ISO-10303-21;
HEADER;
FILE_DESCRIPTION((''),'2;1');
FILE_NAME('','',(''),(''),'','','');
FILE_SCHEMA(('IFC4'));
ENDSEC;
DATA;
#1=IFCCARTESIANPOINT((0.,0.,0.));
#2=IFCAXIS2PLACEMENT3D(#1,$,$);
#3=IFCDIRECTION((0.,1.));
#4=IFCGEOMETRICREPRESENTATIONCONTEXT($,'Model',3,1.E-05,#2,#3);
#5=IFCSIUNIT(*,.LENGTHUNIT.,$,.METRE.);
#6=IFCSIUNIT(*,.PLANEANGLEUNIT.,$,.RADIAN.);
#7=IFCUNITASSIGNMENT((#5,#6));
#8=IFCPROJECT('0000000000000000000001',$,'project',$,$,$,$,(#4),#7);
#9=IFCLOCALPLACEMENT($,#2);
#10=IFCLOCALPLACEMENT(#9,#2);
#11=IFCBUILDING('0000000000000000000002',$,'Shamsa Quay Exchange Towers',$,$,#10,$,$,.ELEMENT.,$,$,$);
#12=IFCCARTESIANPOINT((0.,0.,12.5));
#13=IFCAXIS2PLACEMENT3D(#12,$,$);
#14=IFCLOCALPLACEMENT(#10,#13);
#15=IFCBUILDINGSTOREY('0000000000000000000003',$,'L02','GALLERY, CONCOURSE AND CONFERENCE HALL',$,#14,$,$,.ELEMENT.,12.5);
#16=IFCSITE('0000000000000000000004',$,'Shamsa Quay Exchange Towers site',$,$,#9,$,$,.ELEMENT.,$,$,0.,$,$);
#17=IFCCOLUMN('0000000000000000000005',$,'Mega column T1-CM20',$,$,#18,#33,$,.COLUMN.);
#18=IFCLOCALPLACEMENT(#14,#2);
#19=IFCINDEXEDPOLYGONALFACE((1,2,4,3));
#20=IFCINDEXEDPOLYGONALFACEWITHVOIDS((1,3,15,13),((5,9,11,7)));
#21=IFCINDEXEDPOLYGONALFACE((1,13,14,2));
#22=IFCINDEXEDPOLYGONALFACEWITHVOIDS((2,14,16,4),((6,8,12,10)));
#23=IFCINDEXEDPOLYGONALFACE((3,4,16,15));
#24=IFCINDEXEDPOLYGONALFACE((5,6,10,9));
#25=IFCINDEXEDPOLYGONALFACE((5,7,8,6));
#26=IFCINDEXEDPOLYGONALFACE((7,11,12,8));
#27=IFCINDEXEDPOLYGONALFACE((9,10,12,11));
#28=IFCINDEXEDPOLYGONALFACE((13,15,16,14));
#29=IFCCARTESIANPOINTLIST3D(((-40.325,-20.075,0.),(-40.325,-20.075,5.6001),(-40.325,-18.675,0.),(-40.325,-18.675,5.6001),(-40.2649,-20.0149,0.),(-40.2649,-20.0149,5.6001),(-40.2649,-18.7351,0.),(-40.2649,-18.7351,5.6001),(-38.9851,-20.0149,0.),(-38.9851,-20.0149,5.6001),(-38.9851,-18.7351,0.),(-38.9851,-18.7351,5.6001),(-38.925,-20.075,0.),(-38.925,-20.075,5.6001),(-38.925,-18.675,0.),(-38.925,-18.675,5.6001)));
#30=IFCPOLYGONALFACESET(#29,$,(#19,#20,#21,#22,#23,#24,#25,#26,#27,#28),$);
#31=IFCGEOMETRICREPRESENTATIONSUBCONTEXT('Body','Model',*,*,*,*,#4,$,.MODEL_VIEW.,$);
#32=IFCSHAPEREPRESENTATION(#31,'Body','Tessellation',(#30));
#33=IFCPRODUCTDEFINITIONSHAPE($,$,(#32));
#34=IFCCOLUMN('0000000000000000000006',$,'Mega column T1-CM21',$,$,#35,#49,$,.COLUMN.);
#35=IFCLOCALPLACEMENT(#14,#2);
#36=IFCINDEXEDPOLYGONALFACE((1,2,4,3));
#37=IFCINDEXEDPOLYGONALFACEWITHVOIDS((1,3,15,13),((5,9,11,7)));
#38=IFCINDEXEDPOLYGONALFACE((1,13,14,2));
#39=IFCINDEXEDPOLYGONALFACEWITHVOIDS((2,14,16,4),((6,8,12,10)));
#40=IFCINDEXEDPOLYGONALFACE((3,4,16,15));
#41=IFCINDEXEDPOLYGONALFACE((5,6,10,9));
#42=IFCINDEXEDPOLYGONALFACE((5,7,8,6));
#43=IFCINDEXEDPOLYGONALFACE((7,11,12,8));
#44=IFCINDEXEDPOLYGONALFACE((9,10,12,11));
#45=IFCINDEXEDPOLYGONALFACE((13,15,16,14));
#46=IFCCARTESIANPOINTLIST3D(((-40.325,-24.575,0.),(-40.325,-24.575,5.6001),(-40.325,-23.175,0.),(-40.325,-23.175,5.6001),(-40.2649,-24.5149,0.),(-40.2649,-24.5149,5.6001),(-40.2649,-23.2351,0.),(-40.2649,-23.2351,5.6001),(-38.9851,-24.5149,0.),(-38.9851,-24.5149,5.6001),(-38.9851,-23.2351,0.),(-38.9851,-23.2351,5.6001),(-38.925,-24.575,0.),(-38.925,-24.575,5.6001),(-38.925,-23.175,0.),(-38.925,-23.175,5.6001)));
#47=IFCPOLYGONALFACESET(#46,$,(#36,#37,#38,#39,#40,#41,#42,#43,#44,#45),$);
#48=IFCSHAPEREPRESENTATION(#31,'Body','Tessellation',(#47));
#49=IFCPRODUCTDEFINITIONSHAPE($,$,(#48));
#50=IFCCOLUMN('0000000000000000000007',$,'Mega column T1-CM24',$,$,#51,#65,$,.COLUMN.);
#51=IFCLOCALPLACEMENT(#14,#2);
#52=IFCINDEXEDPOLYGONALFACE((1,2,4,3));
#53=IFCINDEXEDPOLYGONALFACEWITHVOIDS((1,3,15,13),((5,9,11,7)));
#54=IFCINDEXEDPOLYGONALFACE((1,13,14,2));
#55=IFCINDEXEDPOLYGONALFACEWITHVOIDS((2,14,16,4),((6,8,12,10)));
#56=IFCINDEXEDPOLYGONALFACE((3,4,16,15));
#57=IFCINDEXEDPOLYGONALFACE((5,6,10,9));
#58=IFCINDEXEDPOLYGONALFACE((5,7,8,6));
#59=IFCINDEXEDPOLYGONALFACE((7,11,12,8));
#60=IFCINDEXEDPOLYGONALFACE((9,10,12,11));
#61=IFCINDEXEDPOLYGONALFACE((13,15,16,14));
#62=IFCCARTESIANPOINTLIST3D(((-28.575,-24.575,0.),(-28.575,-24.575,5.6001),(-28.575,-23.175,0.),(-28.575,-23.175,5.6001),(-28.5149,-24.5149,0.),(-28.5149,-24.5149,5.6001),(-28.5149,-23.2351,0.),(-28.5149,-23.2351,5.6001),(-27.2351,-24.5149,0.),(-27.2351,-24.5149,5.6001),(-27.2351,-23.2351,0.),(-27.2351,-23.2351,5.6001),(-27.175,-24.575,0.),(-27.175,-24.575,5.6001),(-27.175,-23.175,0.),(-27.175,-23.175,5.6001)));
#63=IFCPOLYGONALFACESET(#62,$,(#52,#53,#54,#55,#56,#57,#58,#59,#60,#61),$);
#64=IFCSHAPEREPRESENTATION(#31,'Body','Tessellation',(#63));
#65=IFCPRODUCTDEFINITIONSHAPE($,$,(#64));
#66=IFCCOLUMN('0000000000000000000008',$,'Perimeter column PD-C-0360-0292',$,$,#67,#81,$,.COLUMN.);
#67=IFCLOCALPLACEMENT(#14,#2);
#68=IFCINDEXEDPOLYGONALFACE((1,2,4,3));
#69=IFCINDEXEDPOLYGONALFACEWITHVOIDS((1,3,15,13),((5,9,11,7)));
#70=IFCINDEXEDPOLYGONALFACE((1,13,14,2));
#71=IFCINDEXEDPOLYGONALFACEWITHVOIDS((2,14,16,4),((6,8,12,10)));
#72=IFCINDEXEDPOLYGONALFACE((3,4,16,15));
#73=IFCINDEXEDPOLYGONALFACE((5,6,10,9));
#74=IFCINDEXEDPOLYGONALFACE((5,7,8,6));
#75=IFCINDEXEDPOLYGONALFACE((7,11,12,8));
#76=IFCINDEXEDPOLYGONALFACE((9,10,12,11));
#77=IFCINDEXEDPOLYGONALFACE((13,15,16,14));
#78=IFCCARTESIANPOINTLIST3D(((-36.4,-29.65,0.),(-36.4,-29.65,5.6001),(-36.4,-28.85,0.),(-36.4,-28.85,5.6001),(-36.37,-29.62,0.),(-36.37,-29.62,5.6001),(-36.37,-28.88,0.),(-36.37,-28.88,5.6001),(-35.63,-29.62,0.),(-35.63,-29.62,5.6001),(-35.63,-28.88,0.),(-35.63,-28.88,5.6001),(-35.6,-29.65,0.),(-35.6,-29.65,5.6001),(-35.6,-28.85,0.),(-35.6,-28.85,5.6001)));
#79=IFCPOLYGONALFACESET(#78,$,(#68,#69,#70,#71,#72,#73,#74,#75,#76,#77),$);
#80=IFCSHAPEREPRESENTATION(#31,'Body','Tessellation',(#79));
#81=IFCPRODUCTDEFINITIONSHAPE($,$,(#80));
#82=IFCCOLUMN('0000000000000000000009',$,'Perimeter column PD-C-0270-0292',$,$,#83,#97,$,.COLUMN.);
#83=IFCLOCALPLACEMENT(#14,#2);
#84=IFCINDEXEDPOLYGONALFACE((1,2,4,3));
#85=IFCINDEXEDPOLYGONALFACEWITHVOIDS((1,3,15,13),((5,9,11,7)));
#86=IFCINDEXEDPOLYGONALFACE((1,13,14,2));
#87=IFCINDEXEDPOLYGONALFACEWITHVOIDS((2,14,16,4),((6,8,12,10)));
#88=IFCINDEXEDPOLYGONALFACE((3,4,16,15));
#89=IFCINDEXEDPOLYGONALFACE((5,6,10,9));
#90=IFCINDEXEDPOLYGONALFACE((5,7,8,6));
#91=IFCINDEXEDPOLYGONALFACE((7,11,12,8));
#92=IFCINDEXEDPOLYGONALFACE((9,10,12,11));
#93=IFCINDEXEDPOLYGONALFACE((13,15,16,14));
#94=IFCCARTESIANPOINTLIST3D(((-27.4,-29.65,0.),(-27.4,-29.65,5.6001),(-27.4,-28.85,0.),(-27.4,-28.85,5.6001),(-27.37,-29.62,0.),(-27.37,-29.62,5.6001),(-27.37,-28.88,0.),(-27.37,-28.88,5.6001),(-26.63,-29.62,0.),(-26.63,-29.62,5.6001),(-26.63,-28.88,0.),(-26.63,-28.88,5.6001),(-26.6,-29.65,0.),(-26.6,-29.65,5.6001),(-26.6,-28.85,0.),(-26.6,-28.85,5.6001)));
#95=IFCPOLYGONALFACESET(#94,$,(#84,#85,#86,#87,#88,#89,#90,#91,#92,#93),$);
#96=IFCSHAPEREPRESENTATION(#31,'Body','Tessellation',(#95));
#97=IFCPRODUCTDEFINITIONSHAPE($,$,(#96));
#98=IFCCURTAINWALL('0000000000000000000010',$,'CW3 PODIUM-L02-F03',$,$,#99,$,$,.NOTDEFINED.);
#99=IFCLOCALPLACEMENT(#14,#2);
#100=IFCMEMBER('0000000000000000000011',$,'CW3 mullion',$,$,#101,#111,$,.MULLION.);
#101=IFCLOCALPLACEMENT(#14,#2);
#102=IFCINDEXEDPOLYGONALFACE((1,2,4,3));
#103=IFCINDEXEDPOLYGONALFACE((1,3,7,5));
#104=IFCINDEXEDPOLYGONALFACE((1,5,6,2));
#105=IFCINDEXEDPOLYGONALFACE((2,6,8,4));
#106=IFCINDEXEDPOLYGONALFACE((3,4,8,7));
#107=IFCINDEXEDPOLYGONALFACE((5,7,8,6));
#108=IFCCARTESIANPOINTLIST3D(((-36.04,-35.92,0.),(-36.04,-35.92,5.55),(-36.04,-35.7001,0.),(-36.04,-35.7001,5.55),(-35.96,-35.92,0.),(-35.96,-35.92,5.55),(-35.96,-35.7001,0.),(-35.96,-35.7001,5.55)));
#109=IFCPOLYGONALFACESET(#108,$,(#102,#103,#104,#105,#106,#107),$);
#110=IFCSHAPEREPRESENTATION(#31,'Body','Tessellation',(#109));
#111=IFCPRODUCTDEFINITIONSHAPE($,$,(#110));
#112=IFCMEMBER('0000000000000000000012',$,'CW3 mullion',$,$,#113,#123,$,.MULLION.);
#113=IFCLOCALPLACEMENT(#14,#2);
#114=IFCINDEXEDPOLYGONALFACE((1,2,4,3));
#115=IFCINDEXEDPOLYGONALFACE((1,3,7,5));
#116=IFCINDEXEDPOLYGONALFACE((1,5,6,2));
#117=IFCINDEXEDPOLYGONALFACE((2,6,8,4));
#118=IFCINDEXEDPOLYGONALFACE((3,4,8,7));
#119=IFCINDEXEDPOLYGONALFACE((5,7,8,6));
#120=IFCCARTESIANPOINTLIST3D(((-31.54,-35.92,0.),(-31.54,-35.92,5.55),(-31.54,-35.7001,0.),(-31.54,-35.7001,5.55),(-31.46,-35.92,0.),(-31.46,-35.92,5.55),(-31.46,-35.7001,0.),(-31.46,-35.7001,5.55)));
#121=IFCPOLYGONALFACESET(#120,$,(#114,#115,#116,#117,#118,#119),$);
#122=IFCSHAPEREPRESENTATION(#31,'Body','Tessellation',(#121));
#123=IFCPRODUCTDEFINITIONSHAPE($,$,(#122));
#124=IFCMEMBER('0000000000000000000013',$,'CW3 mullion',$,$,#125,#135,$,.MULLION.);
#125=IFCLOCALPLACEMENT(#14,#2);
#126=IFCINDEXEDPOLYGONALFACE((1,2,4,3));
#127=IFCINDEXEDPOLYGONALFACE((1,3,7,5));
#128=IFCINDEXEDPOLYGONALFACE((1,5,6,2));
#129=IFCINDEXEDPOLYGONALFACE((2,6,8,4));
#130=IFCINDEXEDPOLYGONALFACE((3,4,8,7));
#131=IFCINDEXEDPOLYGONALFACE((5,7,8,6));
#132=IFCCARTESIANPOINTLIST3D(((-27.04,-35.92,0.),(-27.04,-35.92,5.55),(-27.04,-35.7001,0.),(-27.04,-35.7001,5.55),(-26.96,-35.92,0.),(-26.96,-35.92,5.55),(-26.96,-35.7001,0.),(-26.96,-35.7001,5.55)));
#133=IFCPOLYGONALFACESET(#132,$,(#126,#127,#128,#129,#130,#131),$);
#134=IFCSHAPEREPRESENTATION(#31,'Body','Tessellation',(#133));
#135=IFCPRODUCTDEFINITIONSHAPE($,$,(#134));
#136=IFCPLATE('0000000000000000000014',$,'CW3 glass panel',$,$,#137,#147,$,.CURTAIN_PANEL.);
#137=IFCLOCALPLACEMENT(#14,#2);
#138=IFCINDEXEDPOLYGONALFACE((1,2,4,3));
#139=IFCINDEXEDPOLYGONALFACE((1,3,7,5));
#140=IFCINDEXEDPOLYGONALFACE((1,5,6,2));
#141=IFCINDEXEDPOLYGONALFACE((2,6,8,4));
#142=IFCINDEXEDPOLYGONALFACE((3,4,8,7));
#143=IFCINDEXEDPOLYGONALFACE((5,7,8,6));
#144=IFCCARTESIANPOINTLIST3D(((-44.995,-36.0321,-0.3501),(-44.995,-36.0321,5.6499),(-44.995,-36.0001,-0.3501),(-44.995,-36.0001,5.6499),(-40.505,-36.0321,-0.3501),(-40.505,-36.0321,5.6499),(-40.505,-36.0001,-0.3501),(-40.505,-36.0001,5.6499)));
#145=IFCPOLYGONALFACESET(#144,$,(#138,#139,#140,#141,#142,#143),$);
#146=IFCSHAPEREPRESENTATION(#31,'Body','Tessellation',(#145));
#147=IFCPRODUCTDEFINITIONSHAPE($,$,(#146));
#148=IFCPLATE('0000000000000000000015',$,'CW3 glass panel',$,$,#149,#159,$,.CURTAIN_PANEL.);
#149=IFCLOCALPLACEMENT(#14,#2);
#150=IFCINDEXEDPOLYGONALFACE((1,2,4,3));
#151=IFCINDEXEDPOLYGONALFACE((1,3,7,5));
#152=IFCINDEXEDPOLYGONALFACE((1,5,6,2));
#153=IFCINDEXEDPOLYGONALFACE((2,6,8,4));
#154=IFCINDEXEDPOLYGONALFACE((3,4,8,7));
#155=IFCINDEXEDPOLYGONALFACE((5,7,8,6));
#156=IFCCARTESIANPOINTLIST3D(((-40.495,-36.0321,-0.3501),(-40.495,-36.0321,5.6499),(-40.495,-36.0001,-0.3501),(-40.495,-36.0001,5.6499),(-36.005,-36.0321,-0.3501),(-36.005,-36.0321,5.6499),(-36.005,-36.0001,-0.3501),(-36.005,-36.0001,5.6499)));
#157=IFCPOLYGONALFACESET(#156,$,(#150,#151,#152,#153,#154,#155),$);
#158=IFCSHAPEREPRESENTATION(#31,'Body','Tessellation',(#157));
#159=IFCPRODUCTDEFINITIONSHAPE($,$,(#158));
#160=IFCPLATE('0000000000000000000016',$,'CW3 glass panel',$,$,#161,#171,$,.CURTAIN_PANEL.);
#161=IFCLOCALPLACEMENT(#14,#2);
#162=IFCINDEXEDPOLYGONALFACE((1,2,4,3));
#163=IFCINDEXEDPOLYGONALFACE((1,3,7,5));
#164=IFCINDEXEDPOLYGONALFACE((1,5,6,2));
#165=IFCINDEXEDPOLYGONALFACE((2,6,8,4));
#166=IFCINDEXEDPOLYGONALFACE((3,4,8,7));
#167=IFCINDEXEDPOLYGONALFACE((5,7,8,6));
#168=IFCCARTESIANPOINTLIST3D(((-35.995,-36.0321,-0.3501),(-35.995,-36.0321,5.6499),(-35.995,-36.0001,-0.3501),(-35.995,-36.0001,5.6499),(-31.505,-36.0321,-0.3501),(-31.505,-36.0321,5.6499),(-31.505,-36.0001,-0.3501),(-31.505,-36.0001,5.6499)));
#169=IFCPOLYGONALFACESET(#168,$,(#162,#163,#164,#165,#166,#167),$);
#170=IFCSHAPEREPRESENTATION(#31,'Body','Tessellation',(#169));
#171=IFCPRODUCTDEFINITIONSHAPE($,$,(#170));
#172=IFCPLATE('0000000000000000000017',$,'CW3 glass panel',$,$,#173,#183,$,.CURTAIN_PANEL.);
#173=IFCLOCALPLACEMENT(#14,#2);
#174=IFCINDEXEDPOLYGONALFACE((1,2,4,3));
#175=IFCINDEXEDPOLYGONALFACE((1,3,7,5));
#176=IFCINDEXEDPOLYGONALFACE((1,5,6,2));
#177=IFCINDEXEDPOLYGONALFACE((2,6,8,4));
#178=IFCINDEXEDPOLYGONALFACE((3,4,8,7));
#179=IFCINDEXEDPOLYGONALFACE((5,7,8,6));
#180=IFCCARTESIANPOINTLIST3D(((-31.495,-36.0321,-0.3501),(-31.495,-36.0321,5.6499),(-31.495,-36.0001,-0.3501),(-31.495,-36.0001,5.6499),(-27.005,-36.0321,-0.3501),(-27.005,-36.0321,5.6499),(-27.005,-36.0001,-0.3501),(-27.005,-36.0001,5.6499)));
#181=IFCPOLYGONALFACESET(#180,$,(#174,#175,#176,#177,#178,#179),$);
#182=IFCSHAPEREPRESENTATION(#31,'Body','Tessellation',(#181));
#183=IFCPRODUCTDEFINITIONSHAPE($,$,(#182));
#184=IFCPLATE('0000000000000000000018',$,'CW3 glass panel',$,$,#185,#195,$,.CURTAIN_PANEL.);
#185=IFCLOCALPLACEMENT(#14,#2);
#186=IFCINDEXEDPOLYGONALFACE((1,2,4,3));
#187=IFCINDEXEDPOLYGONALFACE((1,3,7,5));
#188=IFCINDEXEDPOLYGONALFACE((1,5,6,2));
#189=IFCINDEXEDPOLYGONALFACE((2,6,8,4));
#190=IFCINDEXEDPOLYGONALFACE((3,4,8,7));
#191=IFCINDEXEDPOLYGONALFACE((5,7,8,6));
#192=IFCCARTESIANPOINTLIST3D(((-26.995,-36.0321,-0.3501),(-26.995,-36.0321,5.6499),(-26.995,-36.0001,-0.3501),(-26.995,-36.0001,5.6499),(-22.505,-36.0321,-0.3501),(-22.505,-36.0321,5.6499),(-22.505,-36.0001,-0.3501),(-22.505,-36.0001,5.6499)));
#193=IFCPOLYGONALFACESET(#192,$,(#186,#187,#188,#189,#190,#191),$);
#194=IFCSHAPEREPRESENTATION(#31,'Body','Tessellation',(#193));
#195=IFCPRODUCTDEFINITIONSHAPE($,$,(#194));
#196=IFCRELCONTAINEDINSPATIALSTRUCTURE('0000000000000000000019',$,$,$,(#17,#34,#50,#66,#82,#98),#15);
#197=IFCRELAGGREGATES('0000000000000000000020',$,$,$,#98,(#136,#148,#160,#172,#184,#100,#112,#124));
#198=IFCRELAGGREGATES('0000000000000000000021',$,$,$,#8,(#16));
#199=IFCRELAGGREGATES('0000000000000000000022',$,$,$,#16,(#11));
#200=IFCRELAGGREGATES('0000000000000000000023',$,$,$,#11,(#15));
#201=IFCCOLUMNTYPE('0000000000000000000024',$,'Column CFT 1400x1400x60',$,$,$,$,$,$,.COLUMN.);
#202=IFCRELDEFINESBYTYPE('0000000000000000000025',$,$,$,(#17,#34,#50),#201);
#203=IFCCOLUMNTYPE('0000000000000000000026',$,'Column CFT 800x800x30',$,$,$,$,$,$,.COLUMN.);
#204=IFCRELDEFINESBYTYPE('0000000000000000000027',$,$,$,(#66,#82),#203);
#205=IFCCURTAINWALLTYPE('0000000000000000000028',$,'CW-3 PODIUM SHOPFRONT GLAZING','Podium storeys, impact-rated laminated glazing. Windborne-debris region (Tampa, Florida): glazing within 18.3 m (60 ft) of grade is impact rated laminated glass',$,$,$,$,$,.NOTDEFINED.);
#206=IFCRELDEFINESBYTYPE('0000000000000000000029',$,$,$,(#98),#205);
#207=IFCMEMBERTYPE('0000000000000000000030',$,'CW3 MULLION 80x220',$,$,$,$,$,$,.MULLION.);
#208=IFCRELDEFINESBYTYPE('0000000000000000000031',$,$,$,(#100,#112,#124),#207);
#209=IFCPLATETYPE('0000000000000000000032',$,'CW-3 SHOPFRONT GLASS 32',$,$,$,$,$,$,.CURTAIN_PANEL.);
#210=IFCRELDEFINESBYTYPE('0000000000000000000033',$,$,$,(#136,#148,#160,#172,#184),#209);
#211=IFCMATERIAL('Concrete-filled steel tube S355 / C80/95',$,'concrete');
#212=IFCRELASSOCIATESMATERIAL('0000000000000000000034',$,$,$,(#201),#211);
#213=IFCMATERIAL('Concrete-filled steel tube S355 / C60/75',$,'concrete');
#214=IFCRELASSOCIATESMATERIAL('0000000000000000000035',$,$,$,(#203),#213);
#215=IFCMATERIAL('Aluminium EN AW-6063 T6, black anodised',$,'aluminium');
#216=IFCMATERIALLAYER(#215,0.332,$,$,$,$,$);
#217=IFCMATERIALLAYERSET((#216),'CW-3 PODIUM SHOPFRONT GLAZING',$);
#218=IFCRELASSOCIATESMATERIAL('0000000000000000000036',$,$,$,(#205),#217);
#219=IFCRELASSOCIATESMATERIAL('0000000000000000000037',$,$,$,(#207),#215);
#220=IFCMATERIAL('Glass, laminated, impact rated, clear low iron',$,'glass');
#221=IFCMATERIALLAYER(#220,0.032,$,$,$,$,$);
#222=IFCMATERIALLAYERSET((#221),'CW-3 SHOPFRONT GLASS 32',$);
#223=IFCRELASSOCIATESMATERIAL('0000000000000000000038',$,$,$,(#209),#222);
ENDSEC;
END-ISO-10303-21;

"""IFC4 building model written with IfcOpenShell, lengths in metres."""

from ifc_helpers import new_model, si_unit, direction, frame, origin, origin_2d, place, context, subcontext, project, spatial, rectangle, hollow_rectangle, extrude, material, layer, layer_set, material_profile, profile_set, type_object, element, aggregate, save


model = new_model("IFC4")

# Units and contexts
model_context = context("Model", 3, precision=1e-05, world=origin(), true_north=direction((0.0, 1.0)))
body_context = subcontext(model_context, "Body", "Model", "MODEL_VIEW")
ifc_project = project(units=[si_unit("LENGTHUNIT", "METRE"), si_unit("PLANEANGLEUNIT", "RADIAN")], contexts=[model_context])

# Site, building, storey
site_placement = place(None, origin())
site = spatial("IfcSite", under=ifc_project, at=site_placement, Name="Shamsa Quay Exchange Towers site", CompositionType="ELEMENT", RefElevation=0.0)
building_placement = place(site_placement, origin())
building = spatial("IfcBuilding", under=site, at=building_placement, Name="Shamsa Quay Exchange Towers", CompositionType="ELEMENT")
storey_placement = place(building_placement, frame((0.0, 0.0, 12.5)))
storey = spatial("IfcBuildingStorey", under=building, at=storey_placement, Name="L02", Description="GALLERY, CONCOURSE AND CONFERENCE HALL", CompositionType="ELEMENT", Elevation=12.5)

# Columns
ifc_material_1 = material(Name="Concrete-filled steel tube S355 / C80/95", Category="concrete")
ifc_material_profile_1 = material_profile(ifc_material_1, hollow_rectangle(XDim=1.3999, YDim=1.3999, WallThickness=0.0601, at=origin_2d()), Name="CFT 1400x1400x60")
ifc_profile_set_1 = profile_set([ifc_material_profile_1], Name="Concrete-filled steel tube S355 / C80/95")
column_type_1 = type_object("IfcColumnType", Name="Column CFT 1400x1400x60", PredefinedType="COLUMN", material=ifc_profile_set_1)
for number, where, name in (
    (1, (-39.625, -19.375, 0.0), "Mega column T1-CM20"),
    (2, (-39.625, -23.875, 0.0), "Mega column T1-CM21"),
    (3, (-27.875, -23.875, 0.0), "Mega column T1-CM24"),
):
    element("IfcColumn", number, at=place(storey_placement, frame(where)), inside=storey, type_object=column_type_1, Name=name, PredefinedType="COLUMN", context=body_context, shape_type="SweptSolid", body=[
        extrude(hollow_rectangle(XDim=1.3999, YDim=1.3999, WallThickness=0.0601, at=origin_2d()), origin(), (0.0, 0.0, 1.0), 5.6001),
    ])
ifc_material_2 = material(Name="Concrete-filled steel tube S355 / C60/75", Category="concrete")
ifc_material_profile_2 = material_profile(ifc_material_2, hollow_rectangle(XDim=0.8, YDim=0.8, WallThickness=0.03, at=origin_2d()), Name="CFT 800x800x30")
ifc_profile_set_2 = profile_set([ifc_material_profile_2], Name="Concrete-filled steel tube S355 / C60/75")
column_type_2 = type_object("IfcColumnType", Name="Column CFT 800x800x30", PredefinedType="COLUMN", material=ifc_profile_set_2)
for number, where, name in (
    (4, (-36.0, -29.25, 0.0), "Perimeter column PD-C-0360-0292"),
    (5, (-27.0, -29.25, 0.0), "Perimeter column PD-C-0270-0292"),
):
    element("IfcColumn", number, at=place(storey_placement, frame(where)), inside=storey, type_object=column_type_2, Name=name, PredefinedType="COLUMN", context=body_context, shape_type="SweptSolid", body=[
        extrude(hollow_rectangle(XDim=0.8, YDim=0.8, WallThickness=0.03, at=origin_2d()), origin(), (0.0, 0.0, 1.0), 5.6001),
    ])

# Curtain wall, members, plates
ifc_material_3 = material(Name="Aluminium EN AW-6063 T6, black anodised", Category="aluminium")
ifc_layer_1 = layer(ifc_material_3, 0.332)
ifc_layer_set_1 = layer_set([ifc_layer_1], Name="CW-3 PODIUM SHOPFRONT GLAZING")
curtain_wall_type = type_object("IfcCurtainWallType", Name="CW-3 PODIUM SHOPFRONT GLAZING", Description="Podium storeys, impact-rated laminated glazing. Windborne-debris region (Tampa, Florida): glazing within 18.3 m (60 ft) of grade is impact rated laminated glass", PredefinedType="NOTDEFINED", material=ifc_layer_set_1)
curtain_wall_placement = place(storey_placement, origin())
curtain_wall = element("IfcCurtainWall", 6, at=curtain_wall_placement, inside=storey, type_object=curtain_wall_type, Name="CW3 PODIUM-L02-F03", PredefinedType="NOTDEFINED")
ifc_material_profile_3 = material_profile(ifc_material_3, rectangle(XDim=0.22, YDim=0.0801, at=origin_2d()), Name="MU80x220")
ifc_profile_set_3 = profile_set([ifc_material_profile_3], Name="Aluminium EN AW-6063 T6, black anodised")
member_type = type_object("IfcMemberType", Name="CW3 MULLION 80x220", PredefinedType="MULLION", material=ifc_profile_set_3)
member_1_placement = place(storey_placement, frame((-36.0, -35.8101, 0.0), z_axis=(0.0, 0.0, 1.0), x_axis=(0.0, 1.0, 0.0)))
member_1 = element("IfcMember", 7, at=member_1_placement, type_object=member_type, Name="CW3 mullion", PredefinedType="MULLION", context=body_context, shape_type="SweptSolid", body=[
    extrude(rectangle(XDim=0.22, YDim=0.0801, at=origin_2d()), origin(), (0.0, 0.0, 1.0), 5.55),
])
member_2_placement = place(storey_placement, frame((-31.5, -35.8101, 0.0), z_axis=(0.0, 0.0, 1.0), x_axis=(0.0, 1.0, 0.0)))
member_2 = element("IfcMember", 8, at=member_2_placement, type_object=member_type, Name="CW3 mullion", PredefinedType="MULLION", context=body_context, shape_type="SweptSolid", body=[
    extrude(rectangle(XDim=0.22, YDim=0.0801, at=origin_2d()), origin(), (0.0, 0.0, 1.0), 5.55),
])
member_3_placement = place(storey_placement, frame((-27.0, -35.8101, 0.0), z_axis=(0.0, 0.0, 1.0), x_axis=(0.0, 1.0, 0.0)))
member_3 = element("IfcMember", 9, at=member_3_placement, type_object=member_type, Name="CW3 mullion", PredefinedType="MULLION", context=body_context, shape_type="SweptSolid", body=[
    extrude(rectangle(XDim=0.22, YDim=0.0801, at=origin_2d()), origin(), (0.0, 0.0, 1.0), 5.55),
])
ifc_material_4 = material(Name="Glass, laminated, impact rated, clear low iron", Category="glass")
ifc_layer_2 = layer(ifc_material_4, 0.032)
ifc_layer_set_2 = layer_set([ifc_layer_2], Name="CW-3 SHOPFRONT GLASS 32")
plate_type = type_object("IfcPlateType", Name="CW-3 SHOPFRONT GLASS 32", PredefinedType="CURTAIN_PANEL", material=ifc_layer_set_2)
plate_1_placement = place(storey_placement, frame((-42.75, -36.0161, -0.3501)))
plate_1 = element("IfcPlate", 10, at=plate_1_placement, type_object=plate_type, Name="CW3 glass panel", PredefinedType="CURTAIN_PANEL", context=body_context, shape_type="SweptSolid", body=[
    extrude(rectangle(XDim=4.49, YDim=0.032, at=origin_2d()), origin(), (0.0, 0.0, 1.0), 6.0),
])
plate_2_placement = place(storey_placement, frame((-38.25, -36.0161, -0.3501)))
plate_2 = element("IfcPlate", 11, at=plate_2_placement, type_object=plate_type, Name="CW3 glass panel", PredefinedType="CURTAIN_PANEL", context=body_context, shape_type="SweptSolid", body=[
    extrude(rectangle(XDim=4.49, YDim=0.032, at=origin_2d()), origin(), (0.0, 0.0, 1.0), 6.0),
])
plate_3_placement = place(storey_placement, frame((-33.75, -36.0161, -0.3501)))
plate_3 = element("IfcPlate", 12, at=plate_3_placement, type_object=plate_type, Name="CW3 glass panel", PredefinedType="CURTAIN_PANEL", context=body_context, shape_type="SweptSolid", body=[
    extrude(rectangle(XDim=4.49, YDim=0.032, at=origin_2d()), origin(), (0.0, 0.0, 1.0), 6.0),
])
plate_4_placement = place(storey_placement, frame((-29.25, -36.0161, -0.3501)))
plate_4 = element("IfcPlate", 13, at=plate_4_placement, type_object=plate_type, Name="CW3 glass panel", PredefinedType="CURTAIN_PANEL", context=body_context, shape_type="SweptSolid", body=[
    extrude(rectangle(XDim=4.49, YDim=0.032, at=origin_2d()), origin(), (0.0, 0.0, 1.0), 6.0),
])
plate_5_placement = place(storey_placement, frame((-24.75, -36.0161, -0.3501)))
plate_5 = element("IfcPlate", 14, at=plate_5_placement, type_object=plate_type, Name="CW3 glass panel", PredefinedType="CURTAIN_PANEL", context=body_context, shape_type="SweptSolid", body=[
    extrude(rectangle(XDim=4.49, YDim=0.032, at=origin_2d()), origin(), (0.0, 0.0, 1.0), 6.0),
])
aggregate(curtain_wall, [plate_1, plate_2, plate_3, plate_4, plate_5, member_1, member_2, member_3])

save(model, "model.ifc")
